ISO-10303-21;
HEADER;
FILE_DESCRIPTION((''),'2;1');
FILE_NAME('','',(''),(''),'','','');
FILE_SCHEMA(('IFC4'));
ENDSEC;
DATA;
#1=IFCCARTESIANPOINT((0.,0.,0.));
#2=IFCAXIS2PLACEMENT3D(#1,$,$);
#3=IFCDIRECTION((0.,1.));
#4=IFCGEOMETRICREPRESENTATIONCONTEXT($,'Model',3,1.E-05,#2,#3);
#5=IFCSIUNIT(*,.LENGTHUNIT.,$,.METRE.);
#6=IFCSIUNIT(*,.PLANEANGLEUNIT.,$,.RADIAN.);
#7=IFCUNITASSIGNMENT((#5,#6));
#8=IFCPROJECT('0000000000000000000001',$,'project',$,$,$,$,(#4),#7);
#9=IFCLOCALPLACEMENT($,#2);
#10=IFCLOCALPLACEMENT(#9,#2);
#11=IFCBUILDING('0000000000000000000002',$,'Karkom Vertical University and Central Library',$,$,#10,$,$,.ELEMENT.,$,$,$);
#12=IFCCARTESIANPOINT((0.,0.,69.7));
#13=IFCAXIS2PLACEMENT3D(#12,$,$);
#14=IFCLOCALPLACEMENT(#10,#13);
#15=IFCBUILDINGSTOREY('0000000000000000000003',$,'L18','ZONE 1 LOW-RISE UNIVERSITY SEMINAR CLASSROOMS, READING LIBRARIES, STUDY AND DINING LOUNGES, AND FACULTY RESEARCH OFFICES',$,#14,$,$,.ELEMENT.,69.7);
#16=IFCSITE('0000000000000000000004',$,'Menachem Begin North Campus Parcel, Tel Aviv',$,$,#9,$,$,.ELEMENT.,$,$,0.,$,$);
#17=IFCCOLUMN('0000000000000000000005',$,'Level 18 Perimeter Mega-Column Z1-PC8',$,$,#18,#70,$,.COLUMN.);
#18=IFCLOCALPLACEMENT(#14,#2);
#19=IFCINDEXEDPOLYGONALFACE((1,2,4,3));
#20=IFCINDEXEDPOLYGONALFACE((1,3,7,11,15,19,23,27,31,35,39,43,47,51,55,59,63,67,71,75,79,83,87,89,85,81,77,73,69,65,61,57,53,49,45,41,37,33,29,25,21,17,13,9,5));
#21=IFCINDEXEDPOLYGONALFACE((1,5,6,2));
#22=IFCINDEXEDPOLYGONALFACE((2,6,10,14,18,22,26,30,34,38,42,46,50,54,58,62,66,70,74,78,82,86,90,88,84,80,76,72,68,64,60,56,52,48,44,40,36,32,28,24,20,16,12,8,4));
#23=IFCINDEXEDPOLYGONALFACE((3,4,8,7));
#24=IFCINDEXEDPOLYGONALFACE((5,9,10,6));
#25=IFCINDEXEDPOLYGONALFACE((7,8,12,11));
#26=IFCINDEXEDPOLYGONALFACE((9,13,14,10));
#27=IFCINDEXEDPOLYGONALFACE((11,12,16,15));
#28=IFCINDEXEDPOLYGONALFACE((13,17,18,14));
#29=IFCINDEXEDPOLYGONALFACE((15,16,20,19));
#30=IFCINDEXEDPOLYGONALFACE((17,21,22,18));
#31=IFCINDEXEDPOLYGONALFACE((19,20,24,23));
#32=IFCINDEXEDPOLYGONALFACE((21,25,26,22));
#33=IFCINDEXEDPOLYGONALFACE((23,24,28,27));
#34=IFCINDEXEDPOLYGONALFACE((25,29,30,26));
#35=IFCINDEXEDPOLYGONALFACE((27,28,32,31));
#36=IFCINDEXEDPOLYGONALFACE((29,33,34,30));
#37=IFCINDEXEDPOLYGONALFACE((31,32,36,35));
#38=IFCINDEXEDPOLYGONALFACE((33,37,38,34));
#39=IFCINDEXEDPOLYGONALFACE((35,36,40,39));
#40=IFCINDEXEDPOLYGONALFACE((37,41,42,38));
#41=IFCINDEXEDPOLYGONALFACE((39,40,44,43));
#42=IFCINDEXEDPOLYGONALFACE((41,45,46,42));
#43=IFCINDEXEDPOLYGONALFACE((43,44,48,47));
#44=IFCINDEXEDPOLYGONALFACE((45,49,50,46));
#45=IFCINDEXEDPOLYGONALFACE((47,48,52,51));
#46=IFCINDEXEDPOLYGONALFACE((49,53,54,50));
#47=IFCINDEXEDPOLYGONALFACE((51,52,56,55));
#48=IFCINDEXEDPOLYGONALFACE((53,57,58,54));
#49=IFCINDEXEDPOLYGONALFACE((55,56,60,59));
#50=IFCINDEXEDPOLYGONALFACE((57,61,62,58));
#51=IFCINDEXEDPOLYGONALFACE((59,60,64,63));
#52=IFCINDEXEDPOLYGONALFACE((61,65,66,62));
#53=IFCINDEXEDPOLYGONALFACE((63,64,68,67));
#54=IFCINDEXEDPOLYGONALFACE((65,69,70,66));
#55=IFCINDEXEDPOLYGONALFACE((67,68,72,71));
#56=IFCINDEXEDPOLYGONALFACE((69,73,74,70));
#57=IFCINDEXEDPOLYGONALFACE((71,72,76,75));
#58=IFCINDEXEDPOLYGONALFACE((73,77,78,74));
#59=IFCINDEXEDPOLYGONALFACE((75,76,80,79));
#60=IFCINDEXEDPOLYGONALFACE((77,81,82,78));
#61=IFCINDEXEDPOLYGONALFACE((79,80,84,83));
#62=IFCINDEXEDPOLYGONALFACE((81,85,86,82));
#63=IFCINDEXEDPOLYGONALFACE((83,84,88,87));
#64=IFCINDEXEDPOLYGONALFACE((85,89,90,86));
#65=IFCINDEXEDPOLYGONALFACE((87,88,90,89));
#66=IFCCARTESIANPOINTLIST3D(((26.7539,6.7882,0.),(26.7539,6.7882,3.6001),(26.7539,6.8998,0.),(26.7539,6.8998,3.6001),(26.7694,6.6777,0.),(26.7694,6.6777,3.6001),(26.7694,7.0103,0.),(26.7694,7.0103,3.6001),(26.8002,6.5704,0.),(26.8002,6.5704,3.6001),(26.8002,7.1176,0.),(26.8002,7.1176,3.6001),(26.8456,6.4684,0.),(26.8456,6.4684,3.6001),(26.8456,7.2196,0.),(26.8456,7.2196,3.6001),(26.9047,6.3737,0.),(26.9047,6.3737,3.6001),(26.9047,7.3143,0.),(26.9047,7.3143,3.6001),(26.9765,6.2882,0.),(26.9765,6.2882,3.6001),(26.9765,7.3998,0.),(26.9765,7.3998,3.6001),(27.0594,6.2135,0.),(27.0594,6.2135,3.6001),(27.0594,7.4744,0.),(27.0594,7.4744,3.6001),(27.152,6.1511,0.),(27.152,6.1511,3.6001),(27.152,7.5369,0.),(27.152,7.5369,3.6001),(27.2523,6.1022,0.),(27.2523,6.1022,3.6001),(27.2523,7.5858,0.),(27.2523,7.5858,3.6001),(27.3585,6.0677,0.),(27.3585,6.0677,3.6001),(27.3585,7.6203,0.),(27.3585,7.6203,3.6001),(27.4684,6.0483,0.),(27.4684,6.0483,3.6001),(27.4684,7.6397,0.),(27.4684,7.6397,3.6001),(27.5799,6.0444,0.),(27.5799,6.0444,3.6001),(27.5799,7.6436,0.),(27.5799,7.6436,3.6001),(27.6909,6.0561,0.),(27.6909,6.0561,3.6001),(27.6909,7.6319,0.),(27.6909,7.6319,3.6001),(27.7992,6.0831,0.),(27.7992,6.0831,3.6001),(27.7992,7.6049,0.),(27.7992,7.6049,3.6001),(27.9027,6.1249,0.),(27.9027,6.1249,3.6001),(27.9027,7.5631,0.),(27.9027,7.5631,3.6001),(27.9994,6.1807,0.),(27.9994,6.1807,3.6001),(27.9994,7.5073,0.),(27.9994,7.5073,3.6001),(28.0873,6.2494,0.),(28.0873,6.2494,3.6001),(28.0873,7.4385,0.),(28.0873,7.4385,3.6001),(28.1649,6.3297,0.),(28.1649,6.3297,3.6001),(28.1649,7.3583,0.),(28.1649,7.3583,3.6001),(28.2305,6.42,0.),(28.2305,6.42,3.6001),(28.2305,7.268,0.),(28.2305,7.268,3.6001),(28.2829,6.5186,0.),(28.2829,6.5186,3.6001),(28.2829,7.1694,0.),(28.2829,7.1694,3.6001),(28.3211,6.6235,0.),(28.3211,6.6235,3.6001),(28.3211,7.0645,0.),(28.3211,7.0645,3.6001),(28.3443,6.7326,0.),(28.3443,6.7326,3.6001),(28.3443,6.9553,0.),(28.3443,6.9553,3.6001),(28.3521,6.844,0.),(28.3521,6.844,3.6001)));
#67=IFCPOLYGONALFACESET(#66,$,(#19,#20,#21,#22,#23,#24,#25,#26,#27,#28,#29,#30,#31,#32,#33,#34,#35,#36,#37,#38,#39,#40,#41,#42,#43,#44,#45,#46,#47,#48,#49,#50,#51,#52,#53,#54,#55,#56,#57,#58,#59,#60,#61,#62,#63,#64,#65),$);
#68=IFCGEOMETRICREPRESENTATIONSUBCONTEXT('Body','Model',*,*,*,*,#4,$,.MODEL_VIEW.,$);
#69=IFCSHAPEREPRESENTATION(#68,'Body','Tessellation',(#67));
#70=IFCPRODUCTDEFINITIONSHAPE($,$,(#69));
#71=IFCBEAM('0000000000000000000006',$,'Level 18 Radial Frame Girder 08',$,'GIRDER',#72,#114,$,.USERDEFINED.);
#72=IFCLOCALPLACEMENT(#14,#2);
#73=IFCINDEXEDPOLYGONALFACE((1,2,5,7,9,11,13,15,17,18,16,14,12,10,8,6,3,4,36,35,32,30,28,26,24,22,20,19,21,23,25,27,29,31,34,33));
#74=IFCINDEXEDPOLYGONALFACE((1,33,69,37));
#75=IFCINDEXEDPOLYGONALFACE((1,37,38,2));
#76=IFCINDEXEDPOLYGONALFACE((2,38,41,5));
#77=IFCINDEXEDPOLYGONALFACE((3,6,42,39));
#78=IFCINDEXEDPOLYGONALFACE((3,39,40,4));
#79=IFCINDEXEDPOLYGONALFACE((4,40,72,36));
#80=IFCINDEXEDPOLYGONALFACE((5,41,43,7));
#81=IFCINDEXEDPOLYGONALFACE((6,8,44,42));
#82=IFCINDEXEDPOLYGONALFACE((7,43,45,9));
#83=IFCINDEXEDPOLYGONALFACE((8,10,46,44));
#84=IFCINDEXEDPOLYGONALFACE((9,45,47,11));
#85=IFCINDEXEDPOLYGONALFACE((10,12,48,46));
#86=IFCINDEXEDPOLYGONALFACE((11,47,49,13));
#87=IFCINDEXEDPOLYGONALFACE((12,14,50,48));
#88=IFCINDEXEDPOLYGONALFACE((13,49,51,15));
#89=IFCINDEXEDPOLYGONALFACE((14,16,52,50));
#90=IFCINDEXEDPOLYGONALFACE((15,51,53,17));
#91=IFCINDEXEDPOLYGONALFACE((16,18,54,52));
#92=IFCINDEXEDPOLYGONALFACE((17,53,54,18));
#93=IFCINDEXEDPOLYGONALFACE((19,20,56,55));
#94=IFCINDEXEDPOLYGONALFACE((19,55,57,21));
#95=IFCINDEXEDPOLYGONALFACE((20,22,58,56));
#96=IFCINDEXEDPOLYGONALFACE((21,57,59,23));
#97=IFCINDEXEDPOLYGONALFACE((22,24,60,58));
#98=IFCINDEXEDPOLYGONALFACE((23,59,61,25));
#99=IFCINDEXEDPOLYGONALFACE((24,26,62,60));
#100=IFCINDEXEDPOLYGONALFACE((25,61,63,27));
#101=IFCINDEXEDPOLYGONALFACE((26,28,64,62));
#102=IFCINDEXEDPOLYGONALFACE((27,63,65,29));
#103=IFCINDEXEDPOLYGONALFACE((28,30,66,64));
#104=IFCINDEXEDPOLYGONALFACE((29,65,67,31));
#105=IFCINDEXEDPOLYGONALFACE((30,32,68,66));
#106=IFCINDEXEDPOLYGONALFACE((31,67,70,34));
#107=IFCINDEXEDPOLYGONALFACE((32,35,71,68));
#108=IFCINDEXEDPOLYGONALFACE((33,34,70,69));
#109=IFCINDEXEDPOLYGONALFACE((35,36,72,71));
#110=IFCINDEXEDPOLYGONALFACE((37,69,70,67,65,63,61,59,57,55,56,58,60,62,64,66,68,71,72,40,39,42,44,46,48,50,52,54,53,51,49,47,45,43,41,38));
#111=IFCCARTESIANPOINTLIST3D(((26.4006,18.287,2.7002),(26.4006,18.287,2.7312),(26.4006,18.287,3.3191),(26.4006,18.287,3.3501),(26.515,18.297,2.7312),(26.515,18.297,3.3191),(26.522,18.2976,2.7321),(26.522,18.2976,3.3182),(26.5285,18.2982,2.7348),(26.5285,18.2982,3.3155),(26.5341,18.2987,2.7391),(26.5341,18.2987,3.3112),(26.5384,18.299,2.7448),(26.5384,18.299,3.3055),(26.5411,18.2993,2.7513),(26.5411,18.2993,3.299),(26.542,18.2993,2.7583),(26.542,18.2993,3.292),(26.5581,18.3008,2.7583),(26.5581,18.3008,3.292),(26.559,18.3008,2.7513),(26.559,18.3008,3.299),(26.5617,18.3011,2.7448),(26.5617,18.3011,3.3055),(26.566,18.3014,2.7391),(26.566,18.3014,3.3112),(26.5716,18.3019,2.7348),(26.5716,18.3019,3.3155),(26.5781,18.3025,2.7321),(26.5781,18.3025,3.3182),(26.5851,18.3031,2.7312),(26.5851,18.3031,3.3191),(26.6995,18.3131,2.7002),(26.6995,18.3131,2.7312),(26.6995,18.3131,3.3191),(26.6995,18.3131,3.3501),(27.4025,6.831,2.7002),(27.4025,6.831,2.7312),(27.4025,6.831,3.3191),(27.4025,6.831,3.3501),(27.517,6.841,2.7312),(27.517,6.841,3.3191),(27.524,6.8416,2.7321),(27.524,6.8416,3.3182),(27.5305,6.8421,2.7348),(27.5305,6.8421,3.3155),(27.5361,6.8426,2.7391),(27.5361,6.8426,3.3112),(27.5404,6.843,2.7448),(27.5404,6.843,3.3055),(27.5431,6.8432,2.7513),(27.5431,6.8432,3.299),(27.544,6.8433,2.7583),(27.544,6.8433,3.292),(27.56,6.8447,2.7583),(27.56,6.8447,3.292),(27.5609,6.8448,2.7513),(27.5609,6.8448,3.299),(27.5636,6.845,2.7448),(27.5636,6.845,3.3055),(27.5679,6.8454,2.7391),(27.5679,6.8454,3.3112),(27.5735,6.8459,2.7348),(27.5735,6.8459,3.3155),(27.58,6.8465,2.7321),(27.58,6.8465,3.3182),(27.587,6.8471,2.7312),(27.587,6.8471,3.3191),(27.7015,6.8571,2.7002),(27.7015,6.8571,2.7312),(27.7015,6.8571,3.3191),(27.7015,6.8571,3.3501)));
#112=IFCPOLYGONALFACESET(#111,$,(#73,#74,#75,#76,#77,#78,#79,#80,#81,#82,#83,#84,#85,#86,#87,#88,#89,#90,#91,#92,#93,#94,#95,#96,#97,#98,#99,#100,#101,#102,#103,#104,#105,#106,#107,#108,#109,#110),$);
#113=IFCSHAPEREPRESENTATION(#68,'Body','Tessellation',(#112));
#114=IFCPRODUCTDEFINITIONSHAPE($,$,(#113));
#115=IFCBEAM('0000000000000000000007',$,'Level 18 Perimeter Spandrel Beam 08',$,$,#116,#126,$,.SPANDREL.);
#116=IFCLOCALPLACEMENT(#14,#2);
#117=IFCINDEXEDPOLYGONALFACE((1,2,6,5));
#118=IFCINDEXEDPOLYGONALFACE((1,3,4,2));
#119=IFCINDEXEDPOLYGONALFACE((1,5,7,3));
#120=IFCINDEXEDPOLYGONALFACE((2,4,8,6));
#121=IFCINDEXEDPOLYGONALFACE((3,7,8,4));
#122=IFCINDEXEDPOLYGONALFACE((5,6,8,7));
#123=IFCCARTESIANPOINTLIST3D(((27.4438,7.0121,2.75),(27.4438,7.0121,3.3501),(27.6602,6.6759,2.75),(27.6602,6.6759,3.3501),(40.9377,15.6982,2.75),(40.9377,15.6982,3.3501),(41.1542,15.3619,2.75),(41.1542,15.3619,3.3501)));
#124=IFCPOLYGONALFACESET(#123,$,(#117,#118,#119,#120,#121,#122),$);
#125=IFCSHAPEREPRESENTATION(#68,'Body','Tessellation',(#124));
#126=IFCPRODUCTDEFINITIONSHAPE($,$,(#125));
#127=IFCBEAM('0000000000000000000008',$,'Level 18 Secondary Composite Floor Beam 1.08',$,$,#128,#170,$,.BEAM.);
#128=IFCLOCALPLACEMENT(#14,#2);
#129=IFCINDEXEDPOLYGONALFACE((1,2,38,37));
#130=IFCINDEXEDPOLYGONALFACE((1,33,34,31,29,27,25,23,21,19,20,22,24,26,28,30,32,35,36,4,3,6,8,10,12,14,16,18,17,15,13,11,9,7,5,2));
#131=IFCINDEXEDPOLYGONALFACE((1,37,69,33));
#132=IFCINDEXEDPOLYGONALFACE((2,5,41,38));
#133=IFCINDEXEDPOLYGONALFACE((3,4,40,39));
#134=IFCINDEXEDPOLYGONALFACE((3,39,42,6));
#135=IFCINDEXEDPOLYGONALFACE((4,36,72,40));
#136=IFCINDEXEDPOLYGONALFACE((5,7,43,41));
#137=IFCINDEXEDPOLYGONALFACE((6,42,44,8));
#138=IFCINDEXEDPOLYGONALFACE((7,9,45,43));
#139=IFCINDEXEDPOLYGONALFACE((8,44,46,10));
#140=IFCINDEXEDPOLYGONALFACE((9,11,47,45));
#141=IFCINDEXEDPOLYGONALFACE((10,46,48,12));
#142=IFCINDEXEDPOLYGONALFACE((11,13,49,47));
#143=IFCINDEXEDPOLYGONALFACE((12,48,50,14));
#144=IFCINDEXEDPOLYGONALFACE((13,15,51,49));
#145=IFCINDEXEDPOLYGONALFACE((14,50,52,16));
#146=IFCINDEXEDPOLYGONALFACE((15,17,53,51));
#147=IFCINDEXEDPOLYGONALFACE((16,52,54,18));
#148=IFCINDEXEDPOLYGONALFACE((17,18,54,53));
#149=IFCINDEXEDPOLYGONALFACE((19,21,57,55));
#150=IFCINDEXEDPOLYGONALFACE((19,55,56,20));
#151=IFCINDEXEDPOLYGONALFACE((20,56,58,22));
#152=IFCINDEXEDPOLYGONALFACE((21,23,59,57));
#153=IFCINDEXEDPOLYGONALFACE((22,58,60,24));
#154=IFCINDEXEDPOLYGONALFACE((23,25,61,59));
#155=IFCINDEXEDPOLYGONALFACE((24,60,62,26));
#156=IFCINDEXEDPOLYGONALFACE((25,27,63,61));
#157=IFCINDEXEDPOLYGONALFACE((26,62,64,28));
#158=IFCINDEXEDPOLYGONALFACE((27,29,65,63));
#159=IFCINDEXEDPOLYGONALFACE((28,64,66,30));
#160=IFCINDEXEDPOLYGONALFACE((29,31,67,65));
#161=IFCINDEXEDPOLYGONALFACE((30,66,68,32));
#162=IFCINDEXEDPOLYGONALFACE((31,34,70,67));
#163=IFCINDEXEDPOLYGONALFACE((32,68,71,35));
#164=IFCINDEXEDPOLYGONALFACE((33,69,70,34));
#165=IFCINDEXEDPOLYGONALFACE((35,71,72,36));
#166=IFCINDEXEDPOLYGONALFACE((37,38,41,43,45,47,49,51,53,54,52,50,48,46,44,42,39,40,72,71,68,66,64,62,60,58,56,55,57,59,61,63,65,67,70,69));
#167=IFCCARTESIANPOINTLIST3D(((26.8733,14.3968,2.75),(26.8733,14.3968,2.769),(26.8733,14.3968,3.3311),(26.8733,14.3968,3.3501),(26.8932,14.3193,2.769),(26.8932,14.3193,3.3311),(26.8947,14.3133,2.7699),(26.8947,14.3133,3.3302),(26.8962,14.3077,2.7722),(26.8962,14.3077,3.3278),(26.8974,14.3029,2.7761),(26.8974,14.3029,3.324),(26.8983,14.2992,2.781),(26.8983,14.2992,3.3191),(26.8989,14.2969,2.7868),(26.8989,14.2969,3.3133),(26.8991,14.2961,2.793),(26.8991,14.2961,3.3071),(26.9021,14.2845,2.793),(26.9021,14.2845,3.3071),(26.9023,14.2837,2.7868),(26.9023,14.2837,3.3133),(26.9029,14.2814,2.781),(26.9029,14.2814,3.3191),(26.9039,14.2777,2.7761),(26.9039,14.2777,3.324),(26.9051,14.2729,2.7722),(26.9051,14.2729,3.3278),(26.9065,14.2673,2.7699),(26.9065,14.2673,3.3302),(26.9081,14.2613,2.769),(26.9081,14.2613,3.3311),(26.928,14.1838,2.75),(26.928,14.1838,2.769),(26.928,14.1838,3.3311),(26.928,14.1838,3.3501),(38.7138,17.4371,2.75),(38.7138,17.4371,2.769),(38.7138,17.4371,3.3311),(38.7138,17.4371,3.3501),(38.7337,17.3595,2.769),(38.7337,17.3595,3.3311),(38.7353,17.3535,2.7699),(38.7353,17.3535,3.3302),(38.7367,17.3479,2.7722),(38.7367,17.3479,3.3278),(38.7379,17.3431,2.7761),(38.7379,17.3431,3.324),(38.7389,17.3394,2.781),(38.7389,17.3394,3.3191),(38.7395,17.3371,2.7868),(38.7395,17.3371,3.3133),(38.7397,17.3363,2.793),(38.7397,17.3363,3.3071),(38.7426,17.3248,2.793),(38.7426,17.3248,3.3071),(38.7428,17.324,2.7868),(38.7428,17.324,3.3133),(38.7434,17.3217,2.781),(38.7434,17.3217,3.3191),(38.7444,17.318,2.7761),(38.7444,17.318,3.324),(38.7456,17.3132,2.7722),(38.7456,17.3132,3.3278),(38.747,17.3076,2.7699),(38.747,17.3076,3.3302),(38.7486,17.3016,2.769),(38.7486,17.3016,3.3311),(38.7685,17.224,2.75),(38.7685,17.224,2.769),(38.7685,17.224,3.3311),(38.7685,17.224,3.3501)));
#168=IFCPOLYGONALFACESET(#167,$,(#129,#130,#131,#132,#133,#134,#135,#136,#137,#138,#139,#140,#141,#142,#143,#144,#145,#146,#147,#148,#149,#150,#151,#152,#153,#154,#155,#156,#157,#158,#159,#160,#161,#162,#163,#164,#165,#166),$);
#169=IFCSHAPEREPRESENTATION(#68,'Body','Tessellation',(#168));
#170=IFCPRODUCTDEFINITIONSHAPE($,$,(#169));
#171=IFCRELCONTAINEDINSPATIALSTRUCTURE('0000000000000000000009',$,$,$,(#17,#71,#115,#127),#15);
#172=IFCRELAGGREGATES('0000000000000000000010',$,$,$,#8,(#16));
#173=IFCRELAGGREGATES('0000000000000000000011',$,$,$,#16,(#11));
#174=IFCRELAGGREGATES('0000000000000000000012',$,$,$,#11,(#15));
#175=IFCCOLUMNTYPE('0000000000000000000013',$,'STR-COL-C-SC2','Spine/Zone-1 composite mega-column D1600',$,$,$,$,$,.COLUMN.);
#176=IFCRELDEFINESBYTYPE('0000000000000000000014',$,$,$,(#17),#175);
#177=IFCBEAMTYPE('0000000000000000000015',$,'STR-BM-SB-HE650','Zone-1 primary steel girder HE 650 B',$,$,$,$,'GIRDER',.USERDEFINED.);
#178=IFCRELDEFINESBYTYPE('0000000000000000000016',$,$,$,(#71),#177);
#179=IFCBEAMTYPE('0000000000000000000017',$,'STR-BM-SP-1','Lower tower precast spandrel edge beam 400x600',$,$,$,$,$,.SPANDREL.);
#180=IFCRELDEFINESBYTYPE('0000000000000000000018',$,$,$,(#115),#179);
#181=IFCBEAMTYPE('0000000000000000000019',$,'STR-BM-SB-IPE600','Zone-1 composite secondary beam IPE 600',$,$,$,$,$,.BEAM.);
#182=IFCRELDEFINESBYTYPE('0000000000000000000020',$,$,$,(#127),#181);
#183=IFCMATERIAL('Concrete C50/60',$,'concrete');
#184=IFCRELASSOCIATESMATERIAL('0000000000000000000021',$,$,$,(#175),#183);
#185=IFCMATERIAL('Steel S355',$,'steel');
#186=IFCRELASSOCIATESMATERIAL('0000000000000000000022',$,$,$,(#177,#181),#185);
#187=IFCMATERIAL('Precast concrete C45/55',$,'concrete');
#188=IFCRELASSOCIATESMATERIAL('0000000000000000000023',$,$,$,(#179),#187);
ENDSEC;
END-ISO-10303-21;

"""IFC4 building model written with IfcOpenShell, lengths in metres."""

from ifc_helpers import new_model, si_unit, direction, frame, origin, origin_with_axes, origin_2d, place, context, subcontext, project, spatial, rectangle, circle, i_section, extrude, source, transform, mapped, material, material_profile, profile_set, type_object, element, save


model = new_model("IFC4")

# Units and contexts
model_context = context("Model", 3, precision=1e-05, world=origin(), true_north=direction((0.0, 1.0)))
body_context = subcontext(model_context, "Body", "Model", "MODEL_VIEW")
ifc_project = project(units=[si_unit("LENGTHUNIT", "METRE"), si_unit("PLANEANGLEUNIT", "RADIAN")], contexts=[model_context])

# Site, building, storey
site_placement = place(None, origin())
site = spatial("IfcSite", under=ifc_project, at=site_placement, Name="Menachem Begin North Campus Parcel, Tel Aviv", CompositionType="ELEMENT", RefElevation=0.0)
building_placement = place(site_placement, origin())
building = spatial("IfcBuilding", under=site, at=building_placement, Name="Karkom Vertical University and Central Library", CompositionType="ELEMENT")
storey_placement = place(building_placement, frame((0.0, 0.0, 69.7)))
storey = spatial("IfcBuildingStorey", under=building, at=storey_placement, Name="L18", Description="ZONE 1 LOW-RISE UNIVERSITY SEMINAR CLASSROOMS, READING LIBRARIES, STUDY AND DINING LOUNGES, AND FACULTY RESEARCH OFFICES", CompositionType="ELEMENT", Elevation=69.7)

# Column
ifc_material_1 = material(Name="Concrete C50/60", Category="concrete")
ifc_material_profile_1 = material_profile(ifc_material_1, circle(Radius=0.8, at=origin_2d()), Name="CFT-D1600")
ifc_profile_set_1 = profile_set([ifc_material_profile_1], Name="Concrete C50/60")
column_type = type_object("IfcColumnType", Name="STR-COL-C-SC2", Description="Spine/Zone-1 composite mega-column D1600", PredefinedType="COLUMN", material=ifc_profile_set_1)
shared_shape_1 = source(origin_with_axes(), body_context, "Body", "SweptSolid", [
    extrude(circle(Radius=0.8, at=origin_2d()), origin(), (0.0, 0.0, 1.0), 3.6001),
])
column_placement = place(storey_placement, frame((27.552, 6.844, 0.0), z_axis=(0.0, 0.0, 1.0), x_axis=(1.0, 0.0, 0.0)))
element("IfcColumn", 1, at=column_placement, inside=storey, type_object=column_type, Name="Level 18 Perimeter Mega-Column Z1-PC8", PredefinedType="COLUMN", context=body_context, shape_type="MappedRepresentation", body=[
    mapped(shared_shape_1, transform((0.0, 0.0, 0.0), scale=1.0)),
])

# Beams
ifc_material_2 = material(Name="Steel S355", Category="steel")
ifc_material_profile_2 = material_profile(ifc_material_2, i_section(OverallWidth=0.3, OverallDepth=0.6499, WebThickness=0.0161, FlangeThickness=0.031, FilletRadius=0.0271, at=origin_2d()), Name="HE 650 B")
ifc_profile_set_2 = profile_set([ifc_material_profile_2], Name="Steel S355")
beam_type_1 = type_object("IfcBeamType", Name="STR-BM-SB-HE650", Description="Zone-1 primary steel girder HE 650 B", ElementType="GIRDER", PredefinedType="USERDEFINED", material=ifc_profile_set_2)
shared_shape_2 = source(origin_with_axes(), body_context, "Body", "SweptSolid", [
    extrude(i_section(OverallWidth=0.3, OverallDepth=0.6499, WebThickness=0.0161, FlangeThickness=0.031, FilletRadius=0.0271, at=origin_2d()), origin(), (0.0, 0.0, 1.0), 11.4998),
])
beam_1_placement = place(storey_placement, frame((26.55, 18.3, 3.0251), z_axis=(0.087128, -0.996197, 0.0), x_axis=(0.996197, 0.087128, 0.0)))
element("IfcBeam", 2, at=beam_1_placement, inside=storey, type_object=beam_type_1, Name="Level 18 Radial Frame Girder 08", ObjectType="GIRDER", PredefinedType="USERDEFINED", context=body_context, shape_type="MappedRepresentation", body=[
    mapped(shared_shape_2, transform((0.0, 0.0, 0.0), scale=1.0)),
])
ifc_material_3 = material(Name="Precast concrete C45/55", Category="concrete")
ifc_material_profile_3 = material_profile(ifc_material_3, rectangle(XDim=0.3999, YDim=0.6001, at=origin_2d()), Name="SPB-400x600")
ifc_profile_set_3 = profile_set([ifc_material_profile_3], Name="Precast concrete C45/55")
beam_type_2 = type_object("IfcBeamType", Name="STR-BM-SP-1", Description="Lower tower precast spandrel edge beam 400x600", PredefinedType="SPANDREL", material=ifc_profile_set_3)
shared_shape_3 = source(origin_with_axes(), body_context, "Body", "SweptSolid", [
    extrude(rectangle(XDim=0.3999, YDim=0.6001, at=origin_2d()), origin(), (0.0, 0.0, 1.0), 16.0479),
])
beam_2_placement = place(storey_placement, frame((27.552, 6.844, 3.05), z_axis=(0.840856, 0.54126, 0.0), x_axis=(-0.54126, 0.840856, 0.0)))
element("IfcBeam", 3, at=beam_2_placement, inside=storey, type_object=beam_type_2, Name="Level 18 Perimeter Spandrel Beam 08", PredefinedType="SPANDREL", context=body_context, shape_type="MappedRepresentation", body=[
    mapped(shared_shape_3, transform((0.0, 0.0, 0.0), scale=1.0)),
])
ifc_material_profile_4 = material_profile(ifc_material_2, i_section(OverallWidth=0.22, OverallDepth=0.6001, WebThickness=0.012, FlangeThickness=0.019, FilletRadius=0.0239, at=origin_2d()), Name="IPE 600")
ifc_profile_set_4 = profile_set([ifc_material_profile_4], Name="Steel S355")
beam_type_3 = type_object("IfcBeamType", Name="STR-BM-SB-IPE600", Description="Zone-1 composite secondary beam IPE 600", PredefinedType="BEAM", material=ifc_profile_set_4)
shared_shape_4 = source(origin_with_axes(), body_context, "Body", "SweptSolid", [
    extrude(i_section(OverallWidth=0.22, OverallDepth=0.6001, WebThickness=0.012, FlangeThickness=0.019, FilletRadius=0.0239, at=origin_2d()), origin(), (0.0, 0.0, 1.0), 12.2246),
])
beam_3_placement = place(storey_placement, frame((26.9006, 14.2903, 3.05), z_axis=(0.96858, 0.248701, 0.0), x_axis=(-0.248701, 0.96858, 0.0)))
element("IfcBeam", 4, at=beam_3_placement, inside=storey, type_object=beam_type_3, Name="Level 18 Secondary Composite Floor Beam 1.08", PredefinedType="BEAM", context=body_context, shape_type="MappedRepresentation", body=[
    mapped(shared_shape_4, transform((0.0, 0.0, 0.0), scale=1.0)),
])

save(model, "model.ifc")
